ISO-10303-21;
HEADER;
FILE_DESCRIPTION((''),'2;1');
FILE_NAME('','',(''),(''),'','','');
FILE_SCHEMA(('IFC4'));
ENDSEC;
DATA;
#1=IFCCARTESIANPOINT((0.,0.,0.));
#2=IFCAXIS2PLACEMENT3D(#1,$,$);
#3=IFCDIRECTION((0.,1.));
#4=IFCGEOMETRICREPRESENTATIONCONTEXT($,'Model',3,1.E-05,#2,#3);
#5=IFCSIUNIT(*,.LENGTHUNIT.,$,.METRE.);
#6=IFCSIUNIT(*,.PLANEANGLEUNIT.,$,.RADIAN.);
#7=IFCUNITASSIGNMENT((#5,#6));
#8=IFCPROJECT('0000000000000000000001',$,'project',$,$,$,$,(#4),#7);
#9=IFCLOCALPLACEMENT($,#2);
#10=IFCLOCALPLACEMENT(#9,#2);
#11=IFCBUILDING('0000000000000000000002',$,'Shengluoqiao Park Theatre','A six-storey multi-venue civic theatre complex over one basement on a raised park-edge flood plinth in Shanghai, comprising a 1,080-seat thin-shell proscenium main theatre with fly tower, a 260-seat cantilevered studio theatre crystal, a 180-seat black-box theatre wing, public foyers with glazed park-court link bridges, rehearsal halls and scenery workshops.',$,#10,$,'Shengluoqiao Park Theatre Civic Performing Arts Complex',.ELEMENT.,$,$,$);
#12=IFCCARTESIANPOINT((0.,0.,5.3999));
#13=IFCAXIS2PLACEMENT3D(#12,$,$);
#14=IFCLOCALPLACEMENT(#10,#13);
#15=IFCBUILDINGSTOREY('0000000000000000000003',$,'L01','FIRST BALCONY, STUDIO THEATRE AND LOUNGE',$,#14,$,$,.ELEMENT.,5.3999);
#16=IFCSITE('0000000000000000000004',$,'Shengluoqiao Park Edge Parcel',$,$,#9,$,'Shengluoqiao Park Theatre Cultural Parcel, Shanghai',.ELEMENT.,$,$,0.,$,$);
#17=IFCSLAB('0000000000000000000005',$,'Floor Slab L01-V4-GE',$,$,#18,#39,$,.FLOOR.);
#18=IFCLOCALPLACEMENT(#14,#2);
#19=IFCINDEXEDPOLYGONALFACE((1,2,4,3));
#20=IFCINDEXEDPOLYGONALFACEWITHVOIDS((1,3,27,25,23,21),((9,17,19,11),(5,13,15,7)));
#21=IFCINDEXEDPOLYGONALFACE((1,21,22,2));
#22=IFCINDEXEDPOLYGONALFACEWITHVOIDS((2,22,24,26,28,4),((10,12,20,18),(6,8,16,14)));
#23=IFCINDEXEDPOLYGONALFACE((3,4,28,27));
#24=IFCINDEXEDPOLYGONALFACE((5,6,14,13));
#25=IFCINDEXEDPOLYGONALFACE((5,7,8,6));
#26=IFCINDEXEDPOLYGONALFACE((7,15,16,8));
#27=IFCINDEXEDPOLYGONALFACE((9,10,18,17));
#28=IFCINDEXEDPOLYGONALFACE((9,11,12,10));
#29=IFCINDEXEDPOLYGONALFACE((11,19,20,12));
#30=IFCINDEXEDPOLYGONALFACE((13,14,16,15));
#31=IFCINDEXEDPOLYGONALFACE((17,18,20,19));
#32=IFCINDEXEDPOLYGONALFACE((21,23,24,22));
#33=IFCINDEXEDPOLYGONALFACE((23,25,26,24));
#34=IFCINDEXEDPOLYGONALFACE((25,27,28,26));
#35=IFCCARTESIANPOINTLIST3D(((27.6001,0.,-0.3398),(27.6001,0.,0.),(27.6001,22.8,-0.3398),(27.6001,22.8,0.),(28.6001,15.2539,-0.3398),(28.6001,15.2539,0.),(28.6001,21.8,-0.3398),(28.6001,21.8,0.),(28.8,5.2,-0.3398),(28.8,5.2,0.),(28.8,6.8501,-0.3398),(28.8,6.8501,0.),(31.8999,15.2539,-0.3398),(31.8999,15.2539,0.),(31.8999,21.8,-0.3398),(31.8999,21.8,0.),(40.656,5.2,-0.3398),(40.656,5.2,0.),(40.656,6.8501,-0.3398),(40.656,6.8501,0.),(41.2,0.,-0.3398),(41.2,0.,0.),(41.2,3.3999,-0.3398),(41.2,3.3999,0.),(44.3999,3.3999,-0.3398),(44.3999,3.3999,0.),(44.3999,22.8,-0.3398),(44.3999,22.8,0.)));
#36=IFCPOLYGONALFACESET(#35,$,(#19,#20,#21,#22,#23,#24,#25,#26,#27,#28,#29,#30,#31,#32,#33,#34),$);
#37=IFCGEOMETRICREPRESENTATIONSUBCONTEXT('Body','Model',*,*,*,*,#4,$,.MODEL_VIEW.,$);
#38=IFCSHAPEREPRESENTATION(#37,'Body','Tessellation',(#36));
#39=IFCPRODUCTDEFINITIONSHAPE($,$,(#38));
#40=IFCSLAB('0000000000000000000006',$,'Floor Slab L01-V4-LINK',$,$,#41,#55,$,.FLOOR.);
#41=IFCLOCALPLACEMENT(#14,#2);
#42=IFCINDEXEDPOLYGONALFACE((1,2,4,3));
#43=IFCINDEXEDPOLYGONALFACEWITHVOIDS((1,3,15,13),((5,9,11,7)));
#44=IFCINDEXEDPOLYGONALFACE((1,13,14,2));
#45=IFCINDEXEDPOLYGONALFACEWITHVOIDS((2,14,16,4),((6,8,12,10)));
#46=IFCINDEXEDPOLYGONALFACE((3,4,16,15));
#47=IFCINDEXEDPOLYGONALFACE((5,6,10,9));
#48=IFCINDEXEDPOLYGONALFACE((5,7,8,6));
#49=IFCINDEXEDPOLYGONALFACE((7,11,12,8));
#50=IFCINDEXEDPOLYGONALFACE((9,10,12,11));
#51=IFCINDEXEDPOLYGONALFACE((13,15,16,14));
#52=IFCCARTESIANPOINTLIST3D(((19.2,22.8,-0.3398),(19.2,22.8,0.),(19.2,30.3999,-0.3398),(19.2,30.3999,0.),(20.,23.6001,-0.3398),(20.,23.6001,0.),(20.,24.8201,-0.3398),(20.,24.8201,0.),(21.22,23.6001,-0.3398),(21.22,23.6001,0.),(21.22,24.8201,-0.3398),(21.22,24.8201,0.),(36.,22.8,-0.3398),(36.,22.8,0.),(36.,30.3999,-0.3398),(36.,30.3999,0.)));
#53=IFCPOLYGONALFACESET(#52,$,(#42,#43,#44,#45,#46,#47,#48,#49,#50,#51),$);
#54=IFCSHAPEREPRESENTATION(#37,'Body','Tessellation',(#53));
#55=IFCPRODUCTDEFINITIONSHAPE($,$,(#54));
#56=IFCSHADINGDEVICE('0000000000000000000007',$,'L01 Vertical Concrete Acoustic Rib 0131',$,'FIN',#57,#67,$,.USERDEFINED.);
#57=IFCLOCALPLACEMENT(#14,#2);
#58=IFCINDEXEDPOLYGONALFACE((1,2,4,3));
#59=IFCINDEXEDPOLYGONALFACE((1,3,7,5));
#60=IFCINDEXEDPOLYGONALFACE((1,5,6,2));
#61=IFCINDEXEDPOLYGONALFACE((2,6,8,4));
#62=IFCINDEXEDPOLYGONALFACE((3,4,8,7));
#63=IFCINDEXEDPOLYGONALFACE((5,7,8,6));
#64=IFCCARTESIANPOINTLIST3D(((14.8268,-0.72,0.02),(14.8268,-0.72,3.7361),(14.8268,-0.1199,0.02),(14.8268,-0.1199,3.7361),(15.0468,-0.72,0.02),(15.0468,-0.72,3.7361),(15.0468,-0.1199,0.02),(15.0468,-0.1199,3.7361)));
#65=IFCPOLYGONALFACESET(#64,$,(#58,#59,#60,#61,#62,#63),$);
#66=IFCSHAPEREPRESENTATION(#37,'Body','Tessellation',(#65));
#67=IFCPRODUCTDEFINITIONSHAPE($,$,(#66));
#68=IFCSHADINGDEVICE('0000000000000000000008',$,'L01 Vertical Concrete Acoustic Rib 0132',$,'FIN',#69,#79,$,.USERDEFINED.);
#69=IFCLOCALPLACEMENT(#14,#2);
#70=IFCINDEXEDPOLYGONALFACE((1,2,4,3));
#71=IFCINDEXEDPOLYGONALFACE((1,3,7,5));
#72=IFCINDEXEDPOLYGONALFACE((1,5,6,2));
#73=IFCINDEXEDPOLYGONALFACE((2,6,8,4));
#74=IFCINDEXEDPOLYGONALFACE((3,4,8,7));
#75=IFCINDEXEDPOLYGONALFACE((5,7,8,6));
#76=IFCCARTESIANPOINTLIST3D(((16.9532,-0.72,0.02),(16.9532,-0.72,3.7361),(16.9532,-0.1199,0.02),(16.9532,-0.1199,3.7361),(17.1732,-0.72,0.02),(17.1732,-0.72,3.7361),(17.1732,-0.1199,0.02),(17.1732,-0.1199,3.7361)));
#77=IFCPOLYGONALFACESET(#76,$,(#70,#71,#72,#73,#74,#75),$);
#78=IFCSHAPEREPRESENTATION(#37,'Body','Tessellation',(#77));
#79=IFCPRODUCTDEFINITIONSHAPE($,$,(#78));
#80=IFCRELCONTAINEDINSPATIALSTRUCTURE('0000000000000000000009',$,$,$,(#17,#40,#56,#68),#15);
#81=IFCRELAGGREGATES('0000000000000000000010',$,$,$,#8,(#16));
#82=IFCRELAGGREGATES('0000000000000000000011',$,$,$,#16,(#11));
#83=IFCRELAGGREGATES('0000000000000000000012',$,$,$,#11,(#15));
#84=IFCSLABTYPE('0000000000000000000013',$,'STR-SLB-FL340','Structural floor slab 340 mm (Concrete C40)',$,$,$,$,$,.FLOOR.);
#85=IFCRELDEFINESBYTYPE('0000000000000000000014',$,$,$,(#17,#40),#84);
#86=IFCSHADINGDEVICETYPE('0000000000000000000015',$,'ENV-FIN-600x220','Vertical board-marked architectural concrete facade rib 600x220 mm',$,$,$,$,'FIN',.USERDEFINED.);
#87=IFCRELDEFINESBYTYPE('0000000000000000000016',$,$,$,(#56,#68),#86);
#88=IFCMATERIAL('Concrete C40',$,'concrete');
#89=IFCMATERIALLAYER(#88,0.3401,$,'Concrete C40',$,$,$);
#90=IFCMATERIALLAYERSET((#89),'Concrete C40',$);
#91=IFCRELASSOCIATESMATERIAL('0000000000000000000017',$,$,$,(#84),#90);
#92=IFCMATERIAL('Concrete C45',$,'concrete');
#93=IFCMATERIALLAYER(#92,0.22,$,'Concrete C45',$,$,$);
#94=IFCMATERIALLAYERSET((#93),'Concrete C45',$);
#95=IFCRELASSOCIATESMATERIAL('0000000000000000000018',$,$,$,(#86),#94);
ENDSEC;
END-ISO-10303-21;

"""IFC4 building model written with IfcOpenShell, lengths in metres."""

from ifc_helpers import new_model, si_unit, direction, frame, origin, origin_2d, place, context, subcontext, project, spatial, polyline, rectangle, outline, extrude, material, layer, layer_set, type_object, element, save


model = new_model("IFC4")

# Units and contexts
model_context = context("Model", 3, precision=1e-05, world=origin(), true_north=direction((0.0, 1.0)))
body_context = subcontext(model_context, "Body", "Model", "MODEL_VIEW")
ifc_project = project(units=[si_unit("LENGTHUNIT", "METRE"), si_unit("PLANEANGLEUNIT", "RADIAN")], contexts=[model_context])

# Site, building, storey
site_placement = place(None, origin())
site = spatial("IfcSite", under=ifc_project, at=site_placement, Name="Shengluoqiao Park Edge Parcel", LongName="Shengluoqiao Park Theatre Cultural Parcel, Shanghai", CompositionType="ELEMENT", RefElevation=0.0)
building_placement = place(site_placement, origin())
building = spatial("IfcBuilding", under=site, at=building_placement, Name="Shengluoqiao Park Theatre", Description="A six-storey multi-venue civic theatre complex over one basement on a raised park-edge flood plinth in Shanghai, comprising a 1,080-seat thin-shell proscenium main theatre with fly tower, a 260-seat cantilevered studio theatre crystal, a 180-seat black-box theatre wing, public foyers with glazed park-court link bridges, rehearsal halls and scenery workshops.", LongName="Shengluoqiao Park Theatre Civic Performing Arts Complex", CompositionType="ELEMENT")
storey_placement = place(building_placement, frame((0.0, 0.0, 5.3999)))
storey = spatial("IfcBuildingStorey", under=building, at=storey_placement, Name="L01", Description="FIRST BALCONY, STUDIO THEATRE AND LOUNGE", CompositionType="ELEMENT", Elevation=5.3999)

# Shared definitions
ifc_material_1 = material(Name="Concrete C40", Category="concrete")

# Slabs
ifc_layer_1 = layer(ifc_material_1, 0.3401, Name="Concrete C40")
ifc_layer_set_1 = layer_set([ifc_layer_1], Name="Concrete C40")
slab_type_1 = type_object("IfcSlabType", Name="STR-SLB-FL340", Description="Structural floor slab 340 mm (Concrete C40)", PredefinedType="FLOOR", material=ifc_layer_set_1)
slab_1_placement = place(storey_placement, frame((0.0, 0.0, -0.3398)))
element("IfcSlab", 1, at=slab_1_placement, inside=storey, type_object=slab_type_1, Name="Floor Slab L01-V4-GE", PredefinedType="FLOOR", context=body_context, shape_type="SweptSolid", body=[
    extrude(outline(polyline([(27.6001, 22.8), (44.3999, 22.8), (44.3999, 3.3999), (41.2, 3.3999), (41.2, 0.0), (27.6001, 0.0), (27.6001, 22.8)]), holes=[polyline([(40.656, 5.2), (40.656, 6.8501), (28.8, 6.8501), (28.8, 5.2), (40.656, 5.2)]), polyline([(31.8999, 15.2539), (31.8999, 21.8), (28.6001, 21.8), (28.6001, 15.2539), (31.8999, 15.2539)])]), origin(), (0.0, 0.0, 1.0), 0.3398),
])
slab_2_placement = place(storey_placement, frame((0.0, 0.0, -0.3398)))
element("IfcSlab", 2, at=slab_2_placement, inside=storey, type_object=slab_type_1, Name="Floor Slab L01-V4-LINK", PredefinedType="FLOOR", context=body_context, shape_type="SweptSolid", body=[
    extrude(outline(polyline([(19.2, 22.8), (19.2, 30.3999), (36.0, 30.3999), (36.0, 22.8), (19.2, 22.8)]), holes=[polyline([(21.22, 23.6001), (21.22, 24.8201), (20.0, 24.8201), (20.0, 23.6001), (21.22, 23.6001)])]), origin(), (0.0, 0.0, 1.0), 0.3398),
])

# Shading devices
ifc_material_2 = material(Name="Concrete C45", Category="concrete")
ifc_layer_2 = layer(ifc_material_2, 0.22, Name="Concrete C45")
ifc_layer_set_2 = layer_set([ifc_layer_2], Name="Concrete C45")
shading_device_type = type_object("IfcShadingDeviceType", Name="ENV-FIN-600x220", Description="Vertical board-marked architectural concrete facade rib 600x220 mm", ElementType="FIN", PredefinedType="USERDEFINED", material=ifc_layer_set_2)
for number, where, z_axis, x_axis, name in (
    (3, (14.9368, -0.4199, 0.02), (0.0, 0.0, 1.0), (0.0, -1.0, 0.0), "L01 Vertical Concrete Acoustic Rib 0131"),
    (4, (17.0632, -0.4199, 0.02), (0.0, 0.0, 1.0), (0.0, -1.0, 0.0), "L01 Vertical Concrete Acoustic Rib 0132"),
):
    element("IfcShadingDevice", number, at=place(storey_placement, frame(where, z_axis=z_axis, x_axis=x_axis)), inside=storey, type_object=shading_device_type, Name=name, ObjectType="FIN", PredefinedType="USERDEFINED", context=body_context, shape_type="SweptSolid", body=[
        extrude(rectangle(XDim=0.6001, YDim=0.22, at=origin_2d()), origin(), (0.0, 0.0, 1.0), 3.7161),
    ])

save(model, "model.ifc")
